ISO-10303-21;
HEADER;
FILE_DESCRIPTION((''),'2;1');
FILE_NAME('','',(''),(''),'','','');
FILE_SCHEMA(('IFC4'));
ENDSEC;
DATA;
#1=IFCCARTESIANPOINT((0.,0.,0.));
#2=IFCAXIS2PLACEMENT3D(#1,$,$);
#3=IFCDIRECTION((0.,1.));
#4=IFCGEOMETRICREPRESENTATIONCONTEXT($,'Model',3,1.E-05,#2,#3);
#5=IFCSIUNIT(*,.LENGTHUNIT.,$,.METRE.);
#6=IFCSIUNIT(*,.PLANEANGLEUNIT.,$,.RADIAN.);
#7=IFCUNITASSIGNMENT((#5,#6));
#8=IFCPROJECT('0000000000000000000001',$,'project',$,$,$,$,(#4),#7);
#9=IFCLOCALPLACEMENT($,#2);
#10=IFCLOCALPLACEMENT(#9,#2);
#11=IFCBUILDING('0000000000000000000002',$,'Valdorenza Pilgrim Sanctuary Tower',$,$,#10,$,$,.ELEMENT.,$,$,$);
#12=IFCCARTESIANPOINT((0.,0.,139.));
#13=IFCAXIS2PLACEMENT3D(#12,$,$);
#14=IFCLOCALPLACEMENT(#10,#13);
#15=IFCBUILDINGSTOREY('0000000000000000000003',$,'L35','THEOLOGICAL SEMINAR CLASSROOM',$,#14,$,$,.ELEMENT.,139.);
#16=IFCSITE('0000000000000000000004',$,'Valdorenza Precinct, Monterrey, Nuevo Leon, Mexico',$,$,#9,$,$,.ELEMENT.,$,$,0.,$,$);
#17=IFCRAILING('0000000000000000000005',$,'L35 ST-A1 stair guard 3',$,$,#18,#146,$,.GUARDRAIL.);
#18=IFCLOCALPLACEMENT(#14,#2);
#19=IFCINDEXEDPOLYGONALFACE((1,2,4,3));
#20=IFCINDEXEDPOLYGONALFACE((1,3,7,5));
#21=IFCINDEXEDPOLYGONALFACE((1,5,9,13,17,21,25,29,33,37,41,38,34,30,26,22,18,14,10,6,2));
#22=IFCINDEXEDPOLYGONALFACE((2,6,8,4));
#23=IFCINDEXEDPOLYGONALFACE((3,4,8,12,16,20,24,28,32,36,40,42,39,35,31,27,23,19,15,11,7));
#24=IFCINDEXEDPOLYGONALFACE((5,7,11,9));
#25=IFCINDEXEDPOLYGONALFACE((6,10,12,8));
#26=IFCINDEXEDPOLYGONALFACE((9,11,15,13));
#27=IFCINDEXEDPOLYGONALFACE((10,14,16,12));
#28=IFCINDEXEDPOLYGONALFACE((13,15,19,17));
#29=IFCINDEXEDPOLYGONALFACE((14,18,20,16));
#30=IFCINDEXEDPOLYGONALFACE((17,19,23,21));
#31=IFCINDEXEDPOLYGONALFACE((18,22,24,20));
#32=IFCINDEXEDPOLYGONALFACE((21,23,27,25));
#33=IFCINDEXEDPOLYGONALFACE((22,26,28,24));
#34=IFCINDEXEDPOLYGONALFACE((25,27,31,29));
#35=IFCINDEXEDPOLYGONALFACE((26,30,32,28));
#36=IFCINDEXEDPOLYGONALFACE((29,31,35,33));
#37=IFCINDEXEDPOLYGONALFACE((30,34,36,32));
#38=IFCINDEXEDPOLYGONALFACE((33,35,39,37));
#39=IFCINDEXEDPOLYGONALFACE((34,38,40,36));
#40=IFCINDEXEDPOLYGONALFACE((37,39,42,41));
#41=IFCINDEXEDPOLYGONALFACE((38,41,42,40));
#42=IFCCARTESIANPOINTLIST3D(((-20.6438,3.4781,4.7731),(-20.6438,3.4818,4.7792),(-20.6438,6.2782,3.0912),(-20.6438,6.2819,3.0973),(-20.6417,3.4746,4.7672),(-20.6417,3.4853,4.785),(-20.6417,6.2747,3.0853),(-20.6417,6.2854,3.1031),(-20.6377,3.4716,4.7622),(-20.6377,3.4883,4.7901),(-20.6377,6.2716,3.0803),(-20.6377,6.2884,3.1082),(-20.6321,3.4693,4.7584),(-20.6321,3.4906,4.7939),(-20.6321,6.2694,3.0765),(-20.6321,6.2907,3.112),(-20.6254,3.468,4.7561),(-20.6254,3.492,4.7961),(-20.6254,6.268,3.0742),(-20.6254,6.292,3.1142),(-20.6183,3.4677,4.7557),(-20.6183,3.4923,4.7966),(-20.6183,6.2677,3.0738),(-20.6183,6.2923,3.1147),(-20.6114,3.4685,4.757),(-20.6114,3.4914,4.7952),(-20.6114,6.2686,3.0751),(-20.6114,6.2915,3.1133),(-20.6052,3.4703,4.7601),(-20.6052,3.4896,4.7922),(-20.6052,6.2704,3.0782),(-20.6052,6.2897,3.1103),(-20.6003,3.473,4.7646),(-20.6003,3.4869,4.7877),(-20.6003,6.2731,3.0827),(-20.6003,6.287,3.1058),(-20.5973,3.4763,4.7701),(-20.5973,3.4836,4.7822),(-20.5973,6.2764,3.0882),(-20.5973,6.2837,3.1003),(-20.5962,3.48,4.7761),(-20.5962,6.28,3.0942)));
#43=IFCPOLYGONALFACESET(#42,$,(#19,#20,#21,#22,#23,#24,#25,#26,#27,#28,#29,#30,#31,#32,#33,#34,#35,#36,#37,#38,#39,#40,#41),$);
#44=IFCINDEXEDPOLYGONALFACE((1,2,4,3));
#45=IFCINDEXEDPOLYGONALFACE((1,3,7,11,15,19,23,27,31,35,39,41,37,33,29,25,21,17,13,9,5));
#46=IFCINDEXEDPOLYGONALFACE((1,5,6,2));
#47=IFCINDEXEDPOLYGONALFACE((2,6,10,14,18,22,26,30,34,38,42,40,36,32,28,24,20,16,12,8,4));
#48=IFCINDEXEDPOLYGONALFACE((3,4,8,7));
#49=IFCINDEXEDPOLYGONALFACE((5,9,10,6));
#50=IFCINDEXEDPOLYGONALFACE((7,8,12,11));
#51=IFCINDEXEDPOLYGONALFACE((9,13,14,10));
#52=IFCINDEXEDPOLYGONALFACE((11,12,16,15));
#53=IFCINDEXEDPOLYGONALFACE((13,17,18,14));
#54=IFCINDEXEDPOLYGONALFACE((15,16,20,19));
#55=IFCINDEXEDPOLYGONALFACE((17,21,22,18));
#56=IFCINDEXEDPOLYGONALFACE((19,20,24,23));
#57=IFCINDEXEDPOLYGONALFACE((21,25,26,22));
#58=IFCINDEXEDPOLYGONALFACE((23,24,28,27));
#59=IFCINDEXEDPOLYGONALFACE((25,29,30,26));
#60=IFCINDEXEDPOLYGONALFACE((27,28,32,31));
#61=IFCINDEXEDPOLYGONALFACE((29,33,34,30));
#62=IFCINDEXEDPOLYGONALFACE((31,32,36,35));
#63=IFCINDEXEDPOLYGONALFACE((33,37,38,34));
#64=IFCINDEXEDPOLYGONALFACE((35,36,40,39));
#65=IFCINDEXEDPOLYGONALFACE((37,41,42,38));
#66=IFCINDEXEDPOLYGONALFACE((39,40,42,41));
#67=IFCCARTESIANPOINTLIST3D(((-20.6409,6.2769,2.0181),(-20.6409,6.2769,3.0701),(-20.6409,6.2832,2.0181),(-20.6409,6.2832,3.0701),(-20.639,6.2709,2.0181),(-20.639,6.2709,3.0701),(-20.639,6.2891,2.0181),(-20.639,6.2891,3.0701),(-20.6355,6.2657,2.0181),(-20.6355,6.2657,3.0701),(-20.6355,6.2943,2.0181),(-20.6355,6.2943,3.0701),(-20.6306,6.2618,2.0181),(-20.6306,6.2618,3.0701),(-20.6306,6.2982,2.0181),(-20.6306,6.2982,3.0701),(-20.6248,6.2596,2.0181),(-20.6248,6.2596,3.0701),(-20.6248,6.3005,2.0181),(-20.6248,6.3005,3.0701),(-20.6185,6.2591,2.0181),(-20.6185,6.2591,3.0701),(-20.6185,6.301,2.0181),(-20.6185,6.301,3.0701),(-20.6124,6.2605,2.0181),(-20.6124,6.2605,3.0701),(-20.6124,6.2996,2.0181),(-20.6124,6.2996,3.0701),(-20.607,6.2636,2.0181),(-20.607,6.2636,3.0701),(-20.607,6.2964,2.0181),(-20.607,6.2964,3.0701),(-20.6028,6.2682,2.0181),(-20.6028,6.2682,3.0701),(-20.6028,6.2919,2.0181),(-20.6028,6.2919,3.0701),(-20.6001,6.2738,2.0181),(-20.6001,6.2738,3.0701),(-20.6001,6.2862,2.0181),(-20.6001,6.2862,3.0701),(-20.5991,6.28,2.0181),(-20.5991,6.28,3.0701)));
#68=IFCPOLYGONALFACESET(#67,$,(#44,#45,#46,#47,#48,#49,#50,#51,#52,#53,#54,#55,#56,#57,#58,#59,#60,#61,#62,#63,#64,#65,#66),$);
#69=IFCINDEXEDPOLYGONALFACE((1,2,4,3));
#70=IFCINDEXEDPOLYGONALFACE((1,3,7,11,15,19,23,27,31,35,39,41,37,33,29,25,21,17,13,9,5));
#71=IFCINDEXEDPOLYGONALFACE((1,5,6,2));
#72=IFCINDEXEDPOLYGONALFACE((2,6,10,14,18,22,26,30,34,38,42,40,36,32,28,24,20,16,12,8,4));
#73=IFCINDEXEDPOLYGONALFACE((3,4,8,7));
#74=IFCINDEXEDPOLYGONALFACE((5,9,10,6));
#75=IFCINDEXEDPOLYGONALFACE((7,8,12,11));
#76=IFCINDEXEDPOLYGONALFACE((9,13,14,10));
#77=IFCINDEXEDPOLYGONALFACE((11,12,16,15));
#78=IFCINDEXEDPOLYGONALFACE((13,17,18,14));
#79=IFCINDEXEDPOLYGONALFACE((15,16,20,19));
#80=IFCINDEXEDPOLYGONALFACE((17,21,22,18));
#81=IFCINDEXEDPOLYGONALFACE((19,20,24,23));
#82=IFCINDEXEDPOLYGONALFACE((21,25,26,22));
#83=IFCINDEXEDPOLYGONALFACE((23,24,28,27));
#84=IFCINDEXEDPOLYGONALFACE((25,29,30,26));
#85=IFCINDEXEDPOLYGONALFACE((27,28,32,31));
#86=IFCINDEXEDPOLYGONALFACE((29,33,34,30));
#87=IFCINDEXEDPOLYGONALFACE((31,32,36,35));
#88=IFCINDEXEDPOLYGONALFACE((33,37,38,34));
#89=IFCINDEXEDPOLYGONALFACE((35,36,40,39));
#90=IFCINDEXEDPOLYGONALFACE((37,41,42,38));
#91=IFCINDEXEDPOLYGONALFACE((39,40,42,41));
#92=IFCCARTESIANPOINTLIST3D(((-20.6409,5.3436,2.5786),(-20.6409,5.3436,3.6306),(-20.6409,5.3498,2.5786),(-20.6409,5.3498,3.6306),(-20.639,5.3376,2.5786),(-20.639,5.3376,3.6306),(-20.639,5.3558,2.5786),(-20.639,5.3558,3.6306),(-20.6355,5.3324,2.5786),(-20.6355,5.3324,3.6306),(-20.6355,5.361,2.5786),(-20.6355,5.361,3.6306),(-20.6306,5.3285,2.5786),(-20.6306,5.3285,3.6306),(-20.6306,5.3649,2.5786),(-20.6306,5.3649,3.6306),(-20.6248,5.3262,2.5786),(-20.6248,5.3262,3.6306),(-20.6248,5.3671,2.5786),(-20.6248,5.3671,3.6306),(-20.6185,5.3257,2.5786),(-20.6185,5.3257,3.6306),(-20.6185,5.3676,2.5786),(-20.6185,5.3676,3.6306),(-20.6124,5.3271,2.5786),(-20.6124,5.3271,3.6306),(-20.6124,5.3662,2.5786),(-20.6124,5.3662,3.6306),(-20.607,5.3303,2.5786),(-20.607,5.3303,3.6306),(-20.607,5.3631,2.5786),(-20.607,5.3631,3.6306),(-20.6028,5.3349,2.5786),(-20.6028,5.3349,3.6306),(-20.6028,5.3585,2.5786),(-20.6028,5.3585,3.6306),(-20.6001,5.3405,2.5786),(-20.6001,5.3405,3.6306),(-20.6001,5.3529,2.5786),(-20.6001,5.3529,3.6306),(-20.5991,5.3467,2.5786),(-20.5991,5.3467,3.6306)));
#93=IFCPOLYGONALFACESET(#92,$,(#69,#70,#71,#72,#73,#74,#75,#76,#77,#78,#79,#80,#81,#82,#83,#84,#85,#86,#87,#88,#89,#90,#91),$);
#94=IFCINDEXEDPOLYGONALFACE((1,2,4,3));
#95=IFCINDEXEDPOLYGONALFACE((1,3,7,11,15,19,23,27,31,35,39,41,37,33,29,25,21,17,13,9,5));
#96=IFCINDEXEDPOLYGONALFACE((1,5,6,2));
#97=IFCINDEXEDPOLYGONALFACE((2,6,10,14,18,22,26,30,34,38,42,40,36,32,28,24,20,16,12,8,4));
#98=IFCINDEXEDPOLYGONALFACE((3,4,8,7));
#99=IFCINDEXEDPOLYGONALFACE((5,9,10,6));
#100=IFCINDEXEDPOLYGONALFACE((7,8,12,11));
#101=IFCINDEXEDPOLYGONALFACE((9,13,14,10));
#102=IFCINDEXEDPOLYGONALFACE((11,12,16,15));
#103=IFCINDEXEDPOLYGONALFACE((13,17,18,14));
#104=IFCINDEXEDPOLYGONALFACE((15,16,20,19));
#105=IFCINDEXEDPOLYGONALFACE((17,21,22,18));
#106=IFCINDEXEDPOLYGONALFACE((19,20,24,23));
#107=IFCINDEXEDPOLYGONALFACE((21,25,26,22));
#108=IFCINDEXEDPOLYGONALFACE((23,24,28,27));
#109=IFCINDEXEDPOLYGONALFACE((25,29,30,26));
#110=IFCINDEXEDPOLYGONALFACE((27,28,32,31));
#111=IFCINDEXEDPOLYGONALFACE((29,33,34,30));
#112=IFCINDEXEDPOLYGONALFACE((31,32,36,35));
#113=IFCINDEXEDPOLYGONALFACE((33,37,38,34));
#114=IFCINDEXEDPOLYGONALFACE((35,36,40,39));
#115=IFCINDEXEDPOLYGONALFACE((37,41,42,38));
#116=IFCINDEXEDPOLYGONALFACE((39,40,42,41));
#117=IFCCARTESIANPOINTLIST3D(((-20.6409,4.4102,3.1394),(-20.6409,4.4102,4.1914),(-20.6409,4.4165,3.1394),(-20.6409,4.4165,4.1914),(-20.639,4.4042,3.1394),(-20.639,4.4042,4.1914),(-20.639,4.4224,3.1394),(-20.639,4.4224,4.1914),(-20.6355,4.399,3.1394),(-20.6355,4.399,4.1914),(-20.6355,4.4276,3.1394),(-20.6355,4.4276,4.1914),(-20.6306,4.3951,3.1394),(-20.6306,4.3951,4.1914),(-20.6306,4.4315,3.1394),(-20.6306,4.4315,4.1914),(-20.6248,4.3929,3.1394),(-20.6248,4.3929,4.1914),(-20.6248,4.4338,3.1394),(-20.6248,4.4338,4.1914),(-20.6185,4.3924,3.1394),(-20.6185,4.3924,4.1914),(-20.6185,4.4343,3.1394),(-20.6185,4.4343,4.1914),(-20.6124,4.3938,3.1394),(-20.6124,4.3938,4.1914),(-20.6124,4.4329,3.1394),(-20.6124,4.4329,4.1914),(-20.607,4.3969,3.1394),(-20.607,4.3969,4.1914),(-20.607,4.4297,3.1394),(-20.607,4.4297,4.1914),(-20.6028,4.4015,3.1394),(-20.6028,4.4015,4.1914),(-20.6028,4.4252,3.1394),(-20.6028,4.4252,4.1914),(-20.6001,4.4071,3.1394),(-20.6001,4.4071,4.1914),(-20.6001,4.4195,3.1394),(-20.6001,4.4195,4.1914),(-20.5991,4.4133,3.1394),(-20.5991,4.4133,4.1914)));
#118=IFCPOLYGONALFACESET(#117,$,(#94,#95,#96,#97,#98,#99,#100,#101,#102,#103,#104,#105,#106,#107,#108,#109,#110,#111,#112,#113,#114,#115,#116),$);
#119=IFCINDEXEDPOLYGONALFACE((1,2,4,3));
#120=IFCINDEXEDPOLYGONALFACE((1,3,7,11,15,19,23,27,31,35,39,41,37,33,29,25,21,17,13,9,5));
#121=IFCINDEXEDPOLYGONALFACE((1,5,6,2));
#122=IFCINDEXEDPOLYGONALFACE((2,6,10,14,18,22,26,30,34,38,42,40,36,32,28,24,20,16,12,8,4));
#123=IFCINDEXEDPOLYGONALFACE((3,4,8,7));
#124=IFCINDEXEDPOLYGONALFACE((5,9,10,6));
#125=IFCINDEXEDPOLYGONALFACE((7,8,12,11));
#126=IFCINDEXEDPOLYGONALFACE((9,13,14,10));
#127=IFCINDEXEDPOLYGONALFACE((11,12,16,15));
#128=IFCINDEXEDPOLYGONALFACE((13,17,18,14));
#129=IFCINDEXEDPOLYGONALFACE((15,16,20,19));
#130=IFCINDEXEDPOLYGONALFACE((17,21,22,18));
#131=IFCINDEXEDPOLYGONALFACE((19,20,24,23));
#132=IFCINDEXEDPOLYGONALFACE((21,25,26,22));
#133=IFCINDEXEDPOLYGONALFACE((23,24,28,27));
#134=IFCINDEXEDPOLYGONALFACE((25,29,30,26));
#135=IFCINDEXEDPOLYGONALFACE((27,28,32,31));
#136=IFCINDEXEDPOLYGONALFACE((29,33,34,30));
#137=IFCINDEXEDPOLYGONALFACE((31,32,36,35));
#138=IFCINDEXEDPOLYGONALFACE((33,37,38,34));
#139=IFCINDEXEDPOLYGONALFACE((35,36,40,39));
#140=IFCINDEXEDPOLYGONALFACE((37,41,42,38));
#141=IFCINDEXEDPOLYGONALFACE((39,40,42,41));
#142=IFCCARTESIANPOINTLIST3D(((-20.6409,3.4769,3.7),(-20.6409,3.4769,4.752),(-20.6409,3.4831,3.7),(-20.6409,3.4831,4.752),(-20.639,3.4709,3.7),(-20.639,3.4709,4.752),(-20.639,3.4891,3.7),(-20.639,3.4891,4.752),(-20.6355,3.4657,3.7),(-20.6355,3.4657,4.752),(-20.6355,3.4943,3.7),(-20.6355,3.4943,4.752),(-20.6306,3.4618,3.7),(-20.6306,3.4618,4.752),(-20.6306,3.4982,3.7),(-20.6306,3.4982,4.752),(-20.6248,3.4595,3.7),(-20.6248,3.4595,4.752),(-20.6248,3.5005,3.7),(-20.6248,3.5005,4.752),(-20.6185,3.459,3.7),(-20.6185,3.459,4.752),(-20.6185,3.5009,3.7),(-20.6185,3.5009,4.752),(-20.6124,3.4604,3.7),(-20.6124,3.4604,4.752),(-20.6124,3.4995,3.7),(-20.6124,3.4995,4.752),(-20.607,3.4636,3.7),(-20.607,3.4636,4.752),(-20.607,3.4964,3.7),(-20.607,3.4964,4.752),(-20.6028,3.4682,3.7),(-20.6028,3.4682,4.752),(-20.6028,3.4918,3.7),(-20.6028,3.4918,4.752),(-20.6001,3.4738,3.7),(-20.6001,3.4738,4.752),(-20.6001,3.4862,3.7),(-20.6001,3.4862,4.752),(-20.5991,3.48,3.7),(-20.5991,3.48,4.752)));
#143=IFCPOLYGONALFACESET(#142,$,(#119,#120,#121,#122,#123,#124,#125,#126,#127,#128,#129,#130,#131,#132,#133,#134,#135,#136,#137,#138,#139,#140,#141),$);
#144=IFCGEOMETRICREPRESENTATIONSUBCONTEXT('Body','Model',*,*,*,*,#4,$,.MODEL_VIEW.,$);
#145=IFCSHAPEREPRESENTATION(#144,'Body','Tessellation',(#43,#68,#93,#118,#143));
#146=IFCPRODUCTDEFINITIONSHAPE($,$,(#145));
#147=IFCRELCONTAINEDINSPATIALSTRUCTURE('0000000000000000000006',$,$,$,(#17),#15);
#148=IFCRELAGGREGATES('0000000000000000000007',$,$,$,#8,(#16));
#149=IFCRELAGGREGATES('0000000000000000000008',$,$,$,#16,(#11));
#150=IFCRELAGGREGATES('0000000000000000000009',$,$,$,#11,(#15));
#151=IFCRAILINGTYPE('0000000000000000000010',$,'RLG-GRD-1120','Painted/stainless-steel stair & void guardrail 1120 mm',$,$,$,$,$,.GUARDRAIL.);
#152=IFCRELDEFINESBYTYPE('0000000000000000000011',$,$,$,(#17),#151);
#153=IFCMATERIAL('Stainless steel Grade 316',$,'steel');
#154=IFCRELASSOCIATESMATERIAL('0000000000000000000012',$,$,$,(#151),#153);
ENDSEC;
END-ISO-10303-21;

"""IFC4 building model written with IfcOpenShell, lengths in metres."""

from ifc_helpers import new_model, si_unit, direction, frame, origin, origin_2d, place, context, subcontext, project, spatial, circle, extrude, material, type_object, element, save


model = new_model("IFC4")

# Units and contexts
model_context = context("Model", 3, precision=1e-05, world=origin(), true_north=direction((0.0, 1.0)))
body_context = subcontext(model_context, "Body", "Model", "MODEL_VIEW")
ifc_project = project(units=[si_unit("LENGTHUNIT", "METRE"), si_unit("PLANEANGLEUNIT", "RADIAN")], contexts=[model_context])

# Site, building, storey
site_placement = place(None, origin())
site = spatial("IfcSite", under=ifc_project, at=site_placement, Name="Valdorenza Precinct, Monterrey, Nuevo Leon, Mexico", CompositionType="ELEMENT", RefElevation=0.0)
building_placement = place(site_placement, origin())
building = spatial("IfcBuilding", under=site, at=building_placement, Name="Valdorenza Pilgrim Sanctuary Tower", CompositionType="ELEMENT")
storey_placement = place(building_placement, frame((0.0, 0.0, 139.0)))
storey = spatial("IfcBuildingStorey", under=building, at=storey_placement, Name="L35", Description="THEOLOGICAL SEMINAR CLASSROOM", CompositionType="ELEMENT", Elevation=139.0)

# Railing
ifc_material_1 = material(Name="Stainless steel Grade 316", Category="steel")
railing_type_1 = type_object("IfcRailingType", Name="RLG-GRD-1120", Description="Painted/stainless-steel stair & void guardrail 1120 mm", PredefinedType="GUARDRAIL", material=ifc_material_1)
railing_1_placement = place(storey_placement, frame((-20.6201, 6.28, 2.0181)))
element("IfcRailing", 1, at=railing_1_placement, inside=storey, type_object=railing_type_1, Name="L35 ST-A1 stair guard 3", PredefinedType="GUARDRAIL", context=body_context, shape_type="SweptSolid", body=[
    extrude(circle(Radius=0.0239, at=origin_2d()), frame((0.0, 0.0, 1.0762), z_axis=(0.0, -0.857242, 0.514913), x_axis=(1.0, 0.0, 0.0)), (0.0, 0.0, 1.0), 3.2664),
    extrude(circle(Radius=0.021, at=origin_2d()), origin(), (0.0, 0.0, 1.0), 1.052),
    extrude(circle(Radius=0.021, at=origin_2d()), frame((0.0, -0.9333, 0.5605)), (0.0, 0.0, 1.0), 1.052),
    extrude(circle(Radius=0.021, at=origin_2d()), frame((0.0, -1.8667, 1.1213)), (0.0, 0.0, 1.0), 1.052),
    extrude(circle(Radius=0.021, at=origin_2d()), frame((0.0, -2.8, 1.6819)), (0.0, 0.0, 1.0), 1.052),
])

save(model, "model.ifc")
